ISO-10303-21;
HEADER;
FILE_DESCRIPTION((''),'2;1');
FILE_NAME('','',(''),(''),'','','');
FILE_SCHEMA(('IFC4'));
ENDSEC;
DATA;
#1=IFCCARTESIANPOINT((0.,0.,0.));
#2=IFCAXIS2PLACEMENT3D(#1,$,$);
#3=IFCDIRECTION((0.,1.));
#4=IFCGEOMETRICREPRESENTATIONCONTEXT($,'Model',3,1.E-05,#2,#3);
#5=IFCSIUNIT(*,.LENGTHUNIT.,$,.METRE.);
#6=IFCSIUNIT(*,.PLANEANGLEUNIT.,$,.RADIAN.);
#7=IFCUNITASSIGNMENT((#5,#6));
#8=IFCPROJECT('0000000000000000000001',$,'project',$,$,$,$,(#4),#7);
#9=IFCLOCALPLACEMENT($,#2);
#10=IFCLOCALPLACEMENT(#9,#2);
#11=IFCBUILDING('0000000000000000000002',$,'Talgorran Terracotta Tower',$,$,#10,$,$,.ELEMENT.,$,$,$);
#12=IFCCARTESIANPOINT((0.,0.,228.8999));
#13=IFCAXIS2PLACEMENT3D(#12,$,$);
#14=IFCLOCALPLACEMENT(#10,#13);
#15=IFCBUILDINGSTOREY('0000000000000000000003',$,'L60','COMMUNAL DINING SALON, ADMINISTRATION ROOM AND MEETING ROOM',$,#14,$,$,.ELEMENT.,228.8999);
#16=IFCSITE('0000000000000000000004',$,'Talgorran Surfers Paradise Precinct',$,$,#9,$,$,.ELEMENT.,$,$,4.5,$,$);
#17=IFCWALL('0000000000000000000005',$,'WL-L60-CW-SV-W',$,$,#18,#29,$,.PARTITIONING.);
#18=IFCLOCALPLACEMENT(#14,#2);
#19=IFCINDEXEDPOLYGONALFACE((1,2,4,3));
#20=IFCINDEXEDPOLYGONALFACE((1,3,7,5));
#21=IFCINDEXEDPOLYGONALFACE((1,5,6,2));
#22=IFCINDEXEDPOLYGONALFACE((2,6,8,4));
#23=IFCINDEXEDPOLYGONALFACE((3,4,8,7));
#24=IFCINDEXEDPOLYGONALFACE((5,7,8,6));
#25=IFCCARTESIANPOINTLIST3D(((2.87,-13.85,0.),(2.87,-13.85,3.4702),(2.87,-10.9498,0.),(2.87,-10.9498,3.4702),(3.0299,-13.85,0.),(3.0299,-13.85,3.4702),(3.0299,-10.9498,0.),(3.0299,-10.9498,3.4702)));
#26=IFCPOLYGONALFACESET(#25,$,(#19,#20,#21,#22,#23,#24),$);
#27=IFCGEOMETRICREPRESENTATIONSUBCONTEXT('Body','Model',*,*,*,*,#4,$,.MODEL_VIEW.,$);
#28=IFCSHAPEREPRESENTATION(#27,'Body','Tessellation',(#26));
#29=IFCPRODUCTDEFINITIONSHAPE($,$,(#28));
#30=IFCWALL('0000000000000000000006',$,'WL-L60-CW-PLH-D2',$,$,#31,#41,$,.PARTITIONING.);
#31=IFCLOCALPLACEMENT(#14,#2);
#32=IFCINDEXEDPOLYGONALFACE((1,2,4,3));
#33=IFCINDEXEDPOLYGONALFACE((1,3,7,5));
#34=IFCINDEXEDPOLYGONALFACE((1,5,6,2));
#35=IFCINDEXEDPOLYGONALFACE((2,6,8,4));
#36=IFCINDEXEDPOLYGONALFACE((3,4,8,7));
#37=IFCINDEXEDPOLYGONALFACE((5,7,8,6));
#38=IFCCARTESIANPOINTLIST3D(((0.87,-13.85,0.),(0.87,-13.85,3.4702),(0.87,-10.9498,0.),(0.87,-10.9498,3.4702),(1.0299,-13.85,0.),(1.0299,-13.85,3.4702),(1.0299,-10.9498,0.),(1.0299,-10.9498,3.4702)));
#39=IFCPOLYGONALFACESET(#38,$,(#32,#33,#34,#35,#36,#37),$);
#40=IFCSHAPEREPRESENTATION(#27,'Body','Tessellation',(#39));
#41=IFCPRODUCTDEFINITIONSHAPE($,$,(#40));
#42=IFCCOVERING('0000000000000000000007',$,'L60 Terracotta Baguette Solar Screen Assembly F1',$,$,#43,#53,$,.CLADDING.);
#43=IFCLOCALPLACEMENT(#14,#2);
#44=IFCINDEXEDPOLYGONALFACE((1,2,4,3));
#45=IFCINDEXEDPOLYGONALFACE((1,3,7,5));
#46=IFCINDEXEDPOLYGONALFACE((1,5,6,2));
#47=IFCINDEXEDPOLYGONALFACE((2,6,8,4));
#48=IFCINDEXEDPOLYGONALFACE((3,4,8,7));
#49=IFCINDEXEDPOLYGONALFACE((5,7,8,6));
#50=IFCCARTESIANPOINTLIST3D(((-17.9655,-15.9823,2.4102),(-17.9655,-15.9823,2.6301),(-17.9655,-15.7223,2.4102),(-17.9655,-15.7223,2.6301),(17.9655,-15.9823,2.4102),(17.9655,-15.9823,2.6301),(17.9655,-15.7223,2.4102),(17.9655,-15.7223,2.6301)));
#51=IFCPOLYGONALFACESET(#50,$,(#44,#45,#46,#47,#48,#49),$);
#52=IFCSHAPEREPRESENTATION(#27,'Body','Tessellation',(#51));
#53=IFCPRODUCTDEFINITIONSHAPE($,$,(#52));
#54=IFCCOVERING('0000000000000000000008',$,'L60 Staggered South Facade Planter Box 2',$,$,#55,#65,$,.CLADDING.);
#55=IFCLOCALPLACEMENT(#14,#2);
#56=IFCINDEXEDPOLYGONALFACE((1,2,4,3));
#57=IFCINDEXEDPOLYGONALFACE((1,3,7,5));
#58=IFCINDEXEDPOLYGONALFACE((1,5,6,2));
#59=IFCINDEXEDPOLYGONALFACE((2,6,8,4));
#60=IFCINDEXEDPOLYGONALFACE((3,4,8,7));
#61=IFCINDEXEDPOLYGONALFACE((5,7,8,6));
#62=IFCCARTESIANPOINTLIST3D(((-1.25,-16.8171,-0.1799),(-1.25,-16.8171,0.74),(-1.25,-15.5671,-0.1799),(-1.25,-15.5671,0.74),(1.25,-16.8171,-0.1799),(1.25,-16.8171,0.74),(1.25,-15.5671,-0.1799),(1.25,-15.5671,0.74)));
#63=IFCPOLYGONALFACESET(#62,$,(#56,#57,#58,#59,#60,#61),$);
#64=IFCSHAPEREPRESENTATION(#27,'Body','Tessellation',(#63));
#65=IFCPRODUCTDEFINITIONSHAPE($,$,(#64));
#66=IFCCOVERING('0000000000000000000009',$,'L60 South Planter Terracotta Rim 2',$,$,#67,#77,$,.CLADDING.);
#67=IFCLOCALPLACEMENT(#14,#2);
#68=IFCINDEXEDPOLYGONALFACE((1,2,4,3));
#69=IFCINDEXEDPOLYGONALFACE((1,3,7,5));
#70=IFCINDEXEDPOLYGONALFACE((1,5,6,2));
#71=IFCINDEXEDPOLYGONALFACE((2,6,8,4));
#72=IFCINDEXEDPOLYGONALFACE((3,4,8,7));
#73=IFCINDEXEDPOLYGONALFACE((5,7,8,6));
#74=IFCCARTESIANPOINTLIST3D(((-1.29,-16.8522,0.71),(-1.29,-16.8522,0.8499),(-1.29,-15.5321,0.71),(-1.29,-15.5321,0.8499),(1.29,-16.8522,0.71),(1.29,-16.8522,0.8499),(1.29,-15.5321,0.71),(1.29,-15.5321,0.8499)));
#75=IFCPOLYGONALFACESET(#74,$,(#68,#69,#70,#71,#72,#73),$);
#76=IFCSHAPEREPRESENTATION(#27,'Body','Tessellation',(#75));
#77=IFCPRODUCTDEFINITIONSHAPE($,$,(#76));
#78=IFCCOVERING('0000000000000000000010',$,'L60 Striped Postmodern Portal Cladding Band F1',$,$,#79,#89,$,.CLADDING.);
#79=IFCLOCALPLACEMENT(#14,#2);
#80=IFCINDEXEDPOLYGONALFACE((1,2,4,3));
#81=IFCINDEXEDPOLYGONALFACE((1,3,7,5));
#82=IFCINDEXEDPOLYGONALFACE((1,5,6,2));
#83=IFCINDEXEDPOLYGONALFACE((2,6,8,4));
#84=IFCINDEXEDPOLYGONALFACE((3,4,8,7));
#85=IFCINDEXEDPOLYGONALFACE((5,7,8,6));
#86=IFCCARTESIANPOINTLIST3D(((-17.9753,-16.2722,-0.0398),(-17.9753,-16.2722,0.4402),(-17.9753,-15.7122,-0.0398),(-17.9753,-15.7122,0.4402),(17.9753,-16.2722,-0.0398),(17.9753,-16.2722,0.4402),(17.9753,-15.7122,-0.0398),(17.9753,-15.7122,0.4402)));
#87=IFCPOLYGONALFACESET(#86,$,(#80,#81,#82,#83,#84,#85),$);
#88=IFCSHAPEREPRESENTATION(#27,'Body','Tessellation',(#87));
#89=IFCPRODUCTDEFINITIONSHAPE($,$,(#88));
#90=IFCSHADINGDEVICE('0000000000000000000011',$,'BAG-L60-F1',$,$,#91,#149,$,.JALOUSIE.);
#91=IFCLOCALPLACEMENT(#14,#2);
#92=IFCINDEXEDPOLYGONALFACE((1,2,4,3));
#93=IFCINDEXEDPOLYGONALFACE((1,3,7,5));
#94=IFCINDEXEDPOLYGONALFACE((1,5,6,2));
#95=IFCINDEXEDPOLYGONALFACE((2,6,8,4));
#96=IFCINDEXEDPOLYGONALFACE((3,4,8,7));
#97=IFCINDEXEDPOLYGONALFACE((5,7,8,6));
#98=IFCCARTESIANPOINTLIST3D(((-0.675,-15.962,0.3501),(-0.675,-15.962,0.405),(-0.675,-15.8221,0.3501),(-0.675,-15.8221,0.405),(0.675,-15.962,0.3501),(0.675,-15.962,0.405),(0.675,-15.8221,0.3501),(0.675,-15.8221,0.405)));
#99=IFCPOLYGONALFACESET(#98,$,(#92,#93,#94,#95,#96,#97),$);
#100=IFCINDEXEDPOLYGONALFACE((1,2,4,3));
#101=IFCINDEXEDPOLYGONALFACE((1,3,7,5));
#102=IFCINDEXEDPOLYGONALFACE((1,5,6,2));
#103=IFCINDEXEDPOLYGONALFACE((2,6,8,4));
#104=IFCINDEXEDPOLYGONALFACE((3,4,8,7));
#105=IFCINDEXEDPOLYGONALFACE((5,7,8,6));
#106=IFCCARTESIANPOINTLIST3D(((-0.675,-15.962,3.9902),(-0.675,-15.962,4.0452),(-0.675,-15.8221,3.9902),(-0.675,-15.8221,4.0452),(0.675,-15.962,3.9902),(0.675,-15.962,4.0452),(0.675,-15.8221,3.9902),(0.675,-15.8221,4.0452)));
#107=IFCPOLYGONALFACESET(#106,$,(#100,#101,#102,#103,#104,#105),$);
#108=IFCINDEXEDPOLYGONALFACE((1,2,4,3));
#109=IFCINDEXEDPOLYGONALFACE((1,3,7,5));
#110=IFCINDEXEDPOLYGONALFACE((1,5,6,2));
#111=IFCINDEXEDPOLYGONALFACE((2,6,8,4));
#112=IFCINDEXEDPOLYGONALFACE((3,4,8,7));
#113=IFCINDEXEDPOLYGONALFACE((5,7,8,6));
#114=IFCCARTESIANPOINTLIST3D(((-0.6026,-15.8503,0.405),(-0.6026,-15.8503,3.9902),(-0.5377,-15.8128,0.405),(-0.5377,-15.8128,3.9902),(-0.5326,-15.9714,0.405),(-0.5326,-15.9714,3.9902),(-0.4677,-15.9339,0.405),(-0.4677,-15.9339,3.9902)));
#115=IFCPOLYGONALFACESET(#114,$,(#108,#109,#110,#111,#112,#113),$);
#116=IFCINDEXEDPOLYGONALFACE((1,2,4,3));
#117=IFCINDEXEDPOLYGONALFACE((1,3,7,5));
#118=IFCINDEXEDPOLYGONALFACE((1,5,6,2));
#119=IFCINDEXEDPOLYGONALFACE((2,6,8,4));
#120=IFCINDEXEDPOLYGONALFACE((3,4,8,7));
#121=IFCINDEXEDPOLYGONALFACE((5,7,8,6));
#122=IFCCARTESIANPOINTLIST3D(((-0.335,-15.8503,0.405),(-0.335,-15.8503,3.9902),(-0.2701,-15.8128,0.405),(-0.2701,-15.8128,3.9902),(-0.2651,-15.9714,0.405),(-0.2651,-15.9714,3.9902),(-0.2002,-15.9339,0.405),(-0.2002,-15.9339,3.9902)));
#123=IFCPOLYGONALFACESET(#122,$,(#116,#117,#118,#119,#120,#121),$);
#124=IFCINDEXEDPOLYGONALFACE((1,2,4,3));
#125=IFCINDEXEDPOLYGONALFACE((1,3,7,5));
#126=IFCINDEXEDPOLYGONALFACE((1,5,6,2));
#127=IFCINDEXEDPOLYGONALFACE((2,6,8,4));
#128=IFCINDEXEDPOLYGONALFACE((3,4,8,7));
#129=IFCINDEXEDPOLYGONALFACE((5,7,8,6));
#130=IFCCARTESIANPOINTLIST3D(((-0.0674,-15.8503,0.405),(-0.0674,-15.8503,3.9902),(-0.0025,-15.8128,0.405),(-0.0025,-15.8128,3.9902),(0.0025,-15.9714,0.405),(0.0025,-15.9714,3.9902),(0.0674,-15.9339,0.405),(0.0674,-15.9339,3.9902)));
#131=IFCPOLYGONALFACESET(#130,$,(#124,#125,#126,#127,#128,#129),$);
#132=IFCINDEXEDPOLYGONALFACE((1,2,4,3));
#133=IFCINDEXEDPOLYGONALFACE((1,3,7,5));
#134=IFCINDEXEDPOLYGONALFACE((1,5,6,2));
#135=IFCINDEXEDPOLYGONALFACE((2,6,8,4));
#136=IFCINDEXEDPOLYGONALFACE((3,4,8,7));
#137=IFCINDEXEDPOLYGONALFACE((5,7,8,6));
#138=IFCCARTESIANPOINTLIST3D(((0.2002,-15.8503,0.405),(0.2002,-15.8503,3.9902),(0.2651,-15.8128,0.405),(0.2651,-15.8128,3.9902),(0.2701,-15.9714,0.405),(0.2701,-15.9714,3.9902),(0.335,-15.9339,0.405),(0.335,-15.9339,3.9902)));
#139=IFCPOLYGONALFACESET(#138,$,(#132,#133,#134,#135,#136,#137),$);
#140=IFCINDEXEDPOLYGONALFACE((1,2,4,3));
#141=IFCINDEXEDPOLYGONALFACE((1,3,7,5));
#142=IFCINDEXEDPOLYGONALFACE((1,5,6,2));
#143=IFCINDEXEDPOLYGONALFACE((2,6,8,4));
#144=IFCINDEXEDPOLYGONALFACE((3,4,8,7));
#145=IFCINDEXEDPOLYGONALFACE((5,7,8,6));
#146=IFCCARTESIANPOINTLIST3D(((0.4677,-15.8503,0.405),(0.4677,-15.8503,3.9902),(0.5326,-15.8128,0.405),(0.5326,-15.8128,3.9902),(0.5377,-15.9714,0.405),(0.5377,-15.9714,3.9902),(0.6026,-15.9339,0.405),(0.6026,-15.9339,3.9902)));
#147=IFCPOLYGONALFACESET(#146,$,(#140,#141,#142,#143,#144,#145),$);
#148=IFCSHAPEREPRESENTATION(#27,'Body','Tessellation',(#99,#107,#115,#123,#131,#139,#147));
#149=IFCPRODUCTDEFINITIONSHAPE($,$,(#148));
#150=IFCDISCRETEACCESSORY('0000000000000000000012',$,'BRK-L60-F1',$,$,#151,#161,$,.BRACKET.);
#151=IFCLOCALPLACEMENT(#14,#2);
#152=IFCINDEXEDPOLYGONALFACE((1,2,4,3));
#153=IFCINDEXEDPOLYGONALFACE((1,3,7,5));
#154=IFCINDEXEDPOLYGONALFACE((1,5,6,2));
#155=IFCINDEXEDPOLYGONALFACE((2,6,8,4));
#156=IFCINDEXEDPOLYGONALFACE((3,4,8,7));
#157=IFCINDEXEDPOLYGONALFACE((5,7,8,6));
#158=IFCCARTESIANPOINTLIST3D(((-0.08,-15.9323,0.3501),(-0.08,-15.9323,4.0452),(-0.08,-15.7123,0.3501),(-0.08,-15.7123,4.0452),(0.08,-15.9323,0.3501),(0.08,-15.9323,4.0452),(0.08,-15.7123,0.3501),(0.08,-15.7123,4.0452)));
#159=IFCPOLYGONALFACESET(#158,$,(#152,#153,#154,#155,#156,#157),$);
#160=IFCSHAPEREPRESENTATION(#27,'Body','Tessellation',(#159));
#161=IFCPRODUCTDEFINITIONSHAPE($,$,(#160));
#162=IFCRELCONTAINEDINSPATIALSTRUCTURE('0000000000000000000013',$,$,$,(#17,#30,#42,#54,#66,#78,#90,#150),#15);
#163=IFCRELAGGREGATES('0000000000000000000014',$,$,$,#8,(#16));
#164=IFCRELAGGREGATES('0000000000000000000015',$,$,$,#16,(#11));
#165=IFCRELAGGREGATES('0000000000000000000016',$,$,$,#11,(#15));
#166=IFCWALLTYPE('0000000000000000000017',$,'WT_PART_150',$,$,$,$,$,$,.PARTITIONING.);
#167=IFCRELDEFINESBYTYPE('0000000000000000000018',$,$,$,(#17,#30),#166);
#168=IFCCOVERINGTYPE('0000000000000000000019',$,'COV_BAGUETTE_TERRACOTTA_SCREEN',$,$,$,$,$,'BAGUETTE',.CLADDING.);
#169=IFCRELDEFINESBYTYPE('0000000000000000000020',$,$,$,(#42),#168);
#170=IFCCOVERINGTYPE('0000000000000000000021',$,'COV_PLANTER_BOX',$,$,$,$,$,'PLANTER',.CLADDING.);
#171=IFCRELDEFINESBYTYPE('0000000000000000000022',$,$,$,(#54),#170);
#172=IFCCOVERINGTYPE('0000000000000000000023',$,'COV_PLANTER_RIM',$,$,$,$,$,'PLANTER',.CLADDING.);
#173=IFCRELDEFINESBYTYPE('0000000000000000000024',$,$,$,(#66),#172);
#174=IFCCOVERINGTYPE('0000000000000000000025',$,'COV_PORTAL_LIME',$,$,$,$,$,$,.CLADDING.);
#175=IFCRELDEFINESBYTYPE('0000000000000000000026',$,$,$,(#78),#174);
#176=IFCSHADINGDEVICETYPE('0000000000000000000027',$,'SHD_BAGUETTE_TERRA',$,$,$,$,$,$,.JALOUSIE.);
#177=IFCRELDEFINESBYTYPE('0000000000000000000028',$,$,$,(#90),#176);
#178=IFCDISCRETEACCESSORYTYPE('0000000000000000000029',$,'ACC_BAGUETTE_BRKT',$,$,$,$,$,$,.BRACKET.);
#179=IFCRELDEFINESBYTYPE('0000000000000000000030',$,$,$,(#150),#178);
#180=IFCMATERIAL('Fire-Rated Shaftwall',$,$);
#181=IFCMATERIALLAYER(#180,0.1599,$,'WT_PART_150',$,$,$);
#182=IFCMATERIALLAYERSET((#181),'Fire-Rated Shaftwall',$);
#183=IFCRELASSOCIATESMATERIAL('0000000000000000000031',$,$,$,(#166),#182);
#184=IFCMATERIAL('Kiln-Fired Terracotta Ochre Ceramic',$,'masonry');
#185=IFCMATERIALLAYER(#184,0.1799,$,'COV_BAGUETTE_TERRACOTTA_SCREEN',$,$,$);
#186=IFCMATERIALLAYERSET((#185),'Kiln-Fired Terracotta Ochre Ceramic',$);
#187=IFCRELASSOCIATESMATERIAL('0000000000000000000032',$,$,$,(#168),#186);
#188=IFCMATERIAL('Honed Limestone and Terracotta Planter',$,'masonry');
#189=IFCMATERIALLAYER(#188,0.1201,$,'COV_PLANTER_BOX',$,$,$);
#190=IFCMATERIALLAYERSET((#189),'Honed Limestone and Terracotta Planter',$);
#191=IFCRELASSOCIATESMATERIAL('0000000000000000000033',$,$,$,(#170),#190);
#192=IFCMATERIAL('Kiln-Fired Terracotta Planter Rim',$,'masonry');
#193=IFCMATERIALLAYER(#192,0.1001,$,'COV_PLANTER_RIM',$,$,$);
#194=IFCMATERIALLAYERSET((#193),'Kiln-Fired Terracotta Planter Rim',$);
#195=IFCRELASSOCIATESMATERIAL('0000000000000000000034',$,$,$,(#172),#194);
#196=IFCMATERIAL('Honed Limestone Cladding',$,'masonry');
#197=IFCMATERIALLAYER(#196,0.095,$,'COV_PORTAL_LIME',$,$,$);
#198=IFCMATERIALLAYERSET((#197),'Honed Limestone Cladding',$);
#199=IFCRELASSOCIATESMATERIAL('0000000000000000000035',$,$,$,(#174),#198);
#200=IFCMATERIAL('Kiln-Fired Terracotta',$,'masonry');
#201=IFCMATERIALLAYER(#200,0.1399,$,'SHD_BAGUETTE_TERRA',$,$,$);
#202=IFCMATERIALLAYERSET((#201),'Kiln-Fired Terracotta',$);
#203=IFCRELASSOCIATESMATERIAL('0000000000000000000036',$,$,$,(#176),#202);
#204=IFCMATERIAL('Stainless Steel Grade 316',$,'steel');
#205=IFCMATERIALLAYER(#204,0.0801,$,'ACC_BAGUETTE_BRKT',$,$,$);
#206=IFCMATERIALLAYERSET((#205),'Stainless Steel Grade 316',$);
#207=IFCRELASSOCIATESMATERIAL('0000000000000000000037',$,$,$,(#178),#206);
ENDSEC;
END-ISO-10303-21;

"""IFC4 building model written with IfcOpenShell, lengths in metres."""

from ifc_helpers import new_model, si_unit, direction, frame, frame_2d, origin, origin_2d, place, context, subcontext, project, spatial, rectangle, extrude, source, transform, mapped, material, layer, layer_set, type_object, type_shapes, element, save


model = new_model("IFC4")

# Units and contexts
model_context = context("Model", 3, precision=1e-05, world=origin(), true_north=direction((0.0, 1.0)))
body_context = subcontext(model_context, "Body", "Model", "MODEL_VIEW")
ifc_project = project(units=[si_unit("LENGTHUNIT", "METRE"), si_unit("PLANEANGLEUNIT", "RADIAN")], contexts=[model_context])

# Site, building, storey
site_placement = place(None, origin())
site = spatial("IfcSite", under=ifc_project, at=site_placement, Name="Talgorran Surfers Paradise Precinct", CompositionType="ELEMENT", RefElevation=4.5)
building_placement = place(site_placement, origin())
building = spatial("IfcBuilding", under=site, at=building_placement, Name="Talgorran Terracotta Tower", CompositionType="ELEMENT")
storey_placement = place(building_placement, frame((0.0, 0.0, 228.8999)))
storey = spatial("IfcBuildingStorey", under=building, at=storey_placement, Name="L60", Description="COMMUNAL DINING SALON, ADMINISTRATION ROOM AND MEETING ROOM", CompositionType="ELEMENT", Elevation=228.8999)

# Walls
ifc_material_1 = material(Name="Fire-Rated Shaftwall")
ifc_layer_1 = layer(ifc_material_1, 0.1599, Name="WT_PART_150")
ifc_layer_set_1 = layer_set([ifc_layer_1], Name="Fire-Rated Shaftwall")
wall_type_1 = type_object("IfcWallType", Name="WT_PART_150", PredefinedType="PARTITIONING", material=ifc_layer_set_1)
for number, where, z_axis, x_axis, name in (
    (1, (2.95, -13.8501, 0.0), (0.0, 0.0, 1.0), (0.0, 1.0, 0.0), "WL-L60-CW-SV-W"),
    (2, (0.95, -13.8501, 0.0), (0.0, 0.0, 1.0), (0.0, 1.0, 0.0), "WL-L60-CW-PLH-D2"),
):
    element("IfcWall", number, at=place(storey_placement, frame(where, z_axis=z_axis, x_axis=x_axis)), inside=storey, type_object=wall_type_1, Name=name, PredefinedType="PARTITIONING", context=body_context, shape_type="SweptSolid", body=[
        extrude(rectangle(XDim=2.9001, YDim=0.1599, at=frame_2d((1.4502, 0.0))), origin(), (0.0, 0.0, 1.0), 3.4702),
    ])

# Coverings
ifc_material_2 = material(Name="Kiln-Fired Terracotta Ochre Ceramic", Category="masonry")
ifc_layer_2 = layer(ifc_material_2, 0.1799, Name="COV_BAGUETTE_TERRACOTTA_SCREEN")
ifc_layer_set_2 = layer_set([ifc_layer_2], Name="Kiln-Fired Terracotta Ochre Ceramic")
covering_type_1 = type_object("IfcCoveringType", Name="COV_BAGUETTE_TERRACOTTA_SCREEN", ElementType="BAGUETTE", PredefinedType="CLADDING", material=ifc_layer_set_2)
covering_1_placement = place(storey_placement, frame((0.0, -15.8523, 2.4102), z_axis=(0.0, 0.0, 1.0), x_axis=(1.0, 0.0, 0.0)))
element("IfcCovering", 3, at=covering_1_placement, inside=storey, type_object=covering_type_1, Name="L60 Terracotta Baguette Solar Screen Assembly F1", PredefinedType="CLADDING", context=body_context, shape_type="SweptSolid", body=[
    extrude(rectangle(XDim=35.9309, YDim=0.26, at=origin_2d()), origin(), (0.0, 0.0, 1.0), 0.22),
])
ifc_material_3 = material(Name="Honed Limestone and Terracotta Planter", Category="masonry")
ifc_layer_3 = layer(ifc_material_3, 0.1201, Name="COV_PLANTER_BOX")
ifc_layer_set_3 = layer_set([ifc_layer_3], Name="Honed Limestone and Terracotta Planter")
covering_type_2 = type_object("IfcCoveringType", Name="COV_PLANTER_BOX", ElementType="PLANTER", PredefinedType="CLADDING", material=ifc_layer_set_3)
covering_2_placement = place(storey_placement, frame((0.0, -16.1921, -0.1799), z_axis=(0.0, 0.0, 1.0), x_axis=(1.0, 0.0, 0.0)))
element("IfcCovering", 4, at=covering_2_placement, inside=storey, type_object=covering_type_2, Name="L60 Staggered South Facade Planter Box 2", PredefinedType="CLADDING", context=body_context, shape_type="SweptSolid", body=[
    extrude(rectangle(XDim=2.5, YDim=1.25, at=origin_2d()), origin(), (0.0, 0.0, 1.0), 0.9199),
])
ifc_material_4 = material(Name="Kiln-Fired Terracotta Planter Rim", Category="masonry")
ifc_layer_4 = layer(ifc_material_4, 0.1001, Name="COV_PLANTER_RIM")
ifc_layer_set_4 = layer_set([ifc_layer_4], Name="Kiln-Fired Terracotta Planter Rim")
covering_type_3 = type_object("IfcCoveringType", Name="COV_PLANTER_RIM", ElementType="PLANTER", PredefinedType="CLADDING", material=ifc_layer_set_4)
covering_3_placement = place(storey_placement, frame((0.0, -16.1921, 0.71), z_axis=(0.0, 0.0, 1.0), x_axis=(1.0, 0.0, 0.0)))
element("IfcCovering", 5, at=covering_3_placement, inside=storey, type_object=covering_type_3, Name="L60 South Planter Terracotta Rim 2", PredefinedType="CLADDING", context=body_context, shape_type="SweptSolid", body=[
    extrude(rectangle(XDim=2.5801, YDim=1.3201, at=origin_2d()), origin(), (0.0, 0.0, 1.0), 0.1399),
])
ifc_material_5 = material(Name="Honed Limestone Cladding", Category="masonry")
ifc_layer_5 = layer(ifc_material_5, 0.095, Name="COV_PORTAL_LIME")
ifc_layer_set_5 = layer_set([ifc_layer_5], Name="Honed Limestone Cladding")
covering_type_4 = type_object("IfcCoveringType", Name="COV_PORTAL_LIME", PredefinedType="CLADDING", material=ifc_layer_set_5)
covering_4_placement = place(storey_placement, frame((0.0, -15.9922, -0.0398), z_axis=(0.0, 0.0, 1.0), x_axis=(1.0, 0.0, 0.0)))
element("IfcCovering", 6, at=covering_4_placement, inside=storey, type_object=covering_type_4, Name="L60 Striped Postmodern Portal Cladding Band F1", PredefinedType="CLADDING", context=body_context, shape_type="SweptSolid", body=[
    extrude(rectangle(XDim=35.9507, YDim=0.5601, at=origin_2d()), origin(), (0.0, 0.0, 1.0), 0.48),
])

# Shading device
ifc_material_6 = material(Name="Kiln-Fired Terracotta", Category="masonry")
ifc_layer_6 = layer(ifc_material_6, 0.1399, Name="SHD_BAGUETTE_TERRA")
ifc_layer_set_6 = layer_set([ifc_layer_6], Name="Kiln-Fired Terracotta")
shading_device_type = type_object("IfcShadingDeviceType", Name="SHD_BAGUETTE_TERRA", PredefinedType="JALOUSIE", material=ifc_layer_set_6)
shared_shape_1 = source(origin(), body_context, "Body", "SweptSolid", [
    extrude(rectangle(XDim=1.3501, YDim=0.1399, at=origin_2d()), origin(), (0.0, 0.0, 1.0), 0.0549),
    extrude(rectangle(XDim=1.3501, YDim=0.1399, at=origin_2d()), frame((0.0, 0.0, 3.6401)), (0.0, 0.0, 1.0), 0.0549),
    extrude(rectangle(XDim=0.075, YDim=0.1399, at=origin_2d()), frame((-0.5352, 0.0, 0.0549), z_axis=(0.0, 0.0, 1.0), x_axis=(0.866025, 0.5, 0.0)), (0.0, 0.0, 1.0), 3.5852),
    extrude(rectangle(XDim=0.075, YDim=0.1399, at=origin_2d()), frame((-0.2676, 0.0, 0.0549), z_axis=(0.0, 0.0, 1.0), x_axis=(0.866025, 0.5, 0.0)), (0.0, 0.0, 1.0), 3.5852),
    extrude(rectangle(XDim=0.075, YDim=0.1399, at=origin_2d()), frame((0.0, 0.0, 0.0549), z_axis=(0.0, 0.0, 1.0), x_axis=(0.866025, 0.5, 0.0)), (0.0, 0.0, 1.0), 3.5852),
    extrude(rectangle(XDim=0.075, YDim=0.1399, at=origin_2d()), frame((0.2676, 0.0, 0.0549), z_axis=(0.0, 0.0, 1.0), x_axis=(0.866025, 0.5, 0.0)), (0.0, 0.0, 1.0), 3.5852),
    extrude(rectangle(XDim=0.075, YDim=0.1399, at=origin_2d()), frame((0.5352, 0.0, 0.0549), z_axis=(0.0, 0.0, 1.0), x_axis=(0.866025, 0.5, 0.0)), (0.0, 0.0, 1.0), 3.5852),
])
type_shapes(shading_device_type, [shared_shape_1])
shading_device_placement = place(storey_placement, frame((0.0, -15.8921, 0.3501), z_axis=(0.0, 0.0, 1.0), x_axis=(1.0, 0.0, 0.0)))
element("IfcShadingDevice", 7, at=shading_device_placement, inside=storey, type_object=shading_device_type, Name="BAG-L60-F1", PredefinedType="JALOUSIE", context=body_context, shape_type="MappedRepresentation", body=[
    mapped(shared_shape_1, transform((0.0, 0.0, 0.0), scale=1.0)),
])

# Discrete accessory
ifc_material_7 = material(Name="Stainless Steel Grade 316", Category="steel")
ifc_layer_7 = layer(ifc_material_7, 0.0801, Name="ACC_BAGUETTE_BRKT")
ifc_layer_set_7 = layer_set([ifc_layer_7], Name="Stainless Steel Grade 316")
discrete_accessory_type = type_object("IfcDiscreteAccessoryType", Name="ACC_BAGUETTE_BRKT", PredefinedType="BRACKET", material=ifc_layer_set_7)
shared_shape_2 = source(origin(), body_context, "Body", "SweptSolid", [
    extrude(rectangle(XDim=0.1599, YDim=0.22, at=origin_2d()), origin(), (0.0, 0.0, 1.0), 3.6951),
])
type_shapes(discrete_accessory_type, [shared_shape_2])
discrete_accessory_placement = place(storey_placement, frame((0.0, -15.8223, 0.3501), z_axis=(0.0, 0.0, 1.0), x_axis=(1.0, 0.0, 0.0)))
element("IfcDiscreteAccessory", 8, at=discrete_accessory_placement, inside=storey, type_object=discrete_accessory_type, Name="BRK-L60-F1", PredefinedType="BRACKET", context=body_context, shape_type="MappedRepresentation", body=[
    mapped(shared_shape_2, transform((0.0, 0.0, 0.0), scale=1.0)),
])

save(model, "model.ifc")
